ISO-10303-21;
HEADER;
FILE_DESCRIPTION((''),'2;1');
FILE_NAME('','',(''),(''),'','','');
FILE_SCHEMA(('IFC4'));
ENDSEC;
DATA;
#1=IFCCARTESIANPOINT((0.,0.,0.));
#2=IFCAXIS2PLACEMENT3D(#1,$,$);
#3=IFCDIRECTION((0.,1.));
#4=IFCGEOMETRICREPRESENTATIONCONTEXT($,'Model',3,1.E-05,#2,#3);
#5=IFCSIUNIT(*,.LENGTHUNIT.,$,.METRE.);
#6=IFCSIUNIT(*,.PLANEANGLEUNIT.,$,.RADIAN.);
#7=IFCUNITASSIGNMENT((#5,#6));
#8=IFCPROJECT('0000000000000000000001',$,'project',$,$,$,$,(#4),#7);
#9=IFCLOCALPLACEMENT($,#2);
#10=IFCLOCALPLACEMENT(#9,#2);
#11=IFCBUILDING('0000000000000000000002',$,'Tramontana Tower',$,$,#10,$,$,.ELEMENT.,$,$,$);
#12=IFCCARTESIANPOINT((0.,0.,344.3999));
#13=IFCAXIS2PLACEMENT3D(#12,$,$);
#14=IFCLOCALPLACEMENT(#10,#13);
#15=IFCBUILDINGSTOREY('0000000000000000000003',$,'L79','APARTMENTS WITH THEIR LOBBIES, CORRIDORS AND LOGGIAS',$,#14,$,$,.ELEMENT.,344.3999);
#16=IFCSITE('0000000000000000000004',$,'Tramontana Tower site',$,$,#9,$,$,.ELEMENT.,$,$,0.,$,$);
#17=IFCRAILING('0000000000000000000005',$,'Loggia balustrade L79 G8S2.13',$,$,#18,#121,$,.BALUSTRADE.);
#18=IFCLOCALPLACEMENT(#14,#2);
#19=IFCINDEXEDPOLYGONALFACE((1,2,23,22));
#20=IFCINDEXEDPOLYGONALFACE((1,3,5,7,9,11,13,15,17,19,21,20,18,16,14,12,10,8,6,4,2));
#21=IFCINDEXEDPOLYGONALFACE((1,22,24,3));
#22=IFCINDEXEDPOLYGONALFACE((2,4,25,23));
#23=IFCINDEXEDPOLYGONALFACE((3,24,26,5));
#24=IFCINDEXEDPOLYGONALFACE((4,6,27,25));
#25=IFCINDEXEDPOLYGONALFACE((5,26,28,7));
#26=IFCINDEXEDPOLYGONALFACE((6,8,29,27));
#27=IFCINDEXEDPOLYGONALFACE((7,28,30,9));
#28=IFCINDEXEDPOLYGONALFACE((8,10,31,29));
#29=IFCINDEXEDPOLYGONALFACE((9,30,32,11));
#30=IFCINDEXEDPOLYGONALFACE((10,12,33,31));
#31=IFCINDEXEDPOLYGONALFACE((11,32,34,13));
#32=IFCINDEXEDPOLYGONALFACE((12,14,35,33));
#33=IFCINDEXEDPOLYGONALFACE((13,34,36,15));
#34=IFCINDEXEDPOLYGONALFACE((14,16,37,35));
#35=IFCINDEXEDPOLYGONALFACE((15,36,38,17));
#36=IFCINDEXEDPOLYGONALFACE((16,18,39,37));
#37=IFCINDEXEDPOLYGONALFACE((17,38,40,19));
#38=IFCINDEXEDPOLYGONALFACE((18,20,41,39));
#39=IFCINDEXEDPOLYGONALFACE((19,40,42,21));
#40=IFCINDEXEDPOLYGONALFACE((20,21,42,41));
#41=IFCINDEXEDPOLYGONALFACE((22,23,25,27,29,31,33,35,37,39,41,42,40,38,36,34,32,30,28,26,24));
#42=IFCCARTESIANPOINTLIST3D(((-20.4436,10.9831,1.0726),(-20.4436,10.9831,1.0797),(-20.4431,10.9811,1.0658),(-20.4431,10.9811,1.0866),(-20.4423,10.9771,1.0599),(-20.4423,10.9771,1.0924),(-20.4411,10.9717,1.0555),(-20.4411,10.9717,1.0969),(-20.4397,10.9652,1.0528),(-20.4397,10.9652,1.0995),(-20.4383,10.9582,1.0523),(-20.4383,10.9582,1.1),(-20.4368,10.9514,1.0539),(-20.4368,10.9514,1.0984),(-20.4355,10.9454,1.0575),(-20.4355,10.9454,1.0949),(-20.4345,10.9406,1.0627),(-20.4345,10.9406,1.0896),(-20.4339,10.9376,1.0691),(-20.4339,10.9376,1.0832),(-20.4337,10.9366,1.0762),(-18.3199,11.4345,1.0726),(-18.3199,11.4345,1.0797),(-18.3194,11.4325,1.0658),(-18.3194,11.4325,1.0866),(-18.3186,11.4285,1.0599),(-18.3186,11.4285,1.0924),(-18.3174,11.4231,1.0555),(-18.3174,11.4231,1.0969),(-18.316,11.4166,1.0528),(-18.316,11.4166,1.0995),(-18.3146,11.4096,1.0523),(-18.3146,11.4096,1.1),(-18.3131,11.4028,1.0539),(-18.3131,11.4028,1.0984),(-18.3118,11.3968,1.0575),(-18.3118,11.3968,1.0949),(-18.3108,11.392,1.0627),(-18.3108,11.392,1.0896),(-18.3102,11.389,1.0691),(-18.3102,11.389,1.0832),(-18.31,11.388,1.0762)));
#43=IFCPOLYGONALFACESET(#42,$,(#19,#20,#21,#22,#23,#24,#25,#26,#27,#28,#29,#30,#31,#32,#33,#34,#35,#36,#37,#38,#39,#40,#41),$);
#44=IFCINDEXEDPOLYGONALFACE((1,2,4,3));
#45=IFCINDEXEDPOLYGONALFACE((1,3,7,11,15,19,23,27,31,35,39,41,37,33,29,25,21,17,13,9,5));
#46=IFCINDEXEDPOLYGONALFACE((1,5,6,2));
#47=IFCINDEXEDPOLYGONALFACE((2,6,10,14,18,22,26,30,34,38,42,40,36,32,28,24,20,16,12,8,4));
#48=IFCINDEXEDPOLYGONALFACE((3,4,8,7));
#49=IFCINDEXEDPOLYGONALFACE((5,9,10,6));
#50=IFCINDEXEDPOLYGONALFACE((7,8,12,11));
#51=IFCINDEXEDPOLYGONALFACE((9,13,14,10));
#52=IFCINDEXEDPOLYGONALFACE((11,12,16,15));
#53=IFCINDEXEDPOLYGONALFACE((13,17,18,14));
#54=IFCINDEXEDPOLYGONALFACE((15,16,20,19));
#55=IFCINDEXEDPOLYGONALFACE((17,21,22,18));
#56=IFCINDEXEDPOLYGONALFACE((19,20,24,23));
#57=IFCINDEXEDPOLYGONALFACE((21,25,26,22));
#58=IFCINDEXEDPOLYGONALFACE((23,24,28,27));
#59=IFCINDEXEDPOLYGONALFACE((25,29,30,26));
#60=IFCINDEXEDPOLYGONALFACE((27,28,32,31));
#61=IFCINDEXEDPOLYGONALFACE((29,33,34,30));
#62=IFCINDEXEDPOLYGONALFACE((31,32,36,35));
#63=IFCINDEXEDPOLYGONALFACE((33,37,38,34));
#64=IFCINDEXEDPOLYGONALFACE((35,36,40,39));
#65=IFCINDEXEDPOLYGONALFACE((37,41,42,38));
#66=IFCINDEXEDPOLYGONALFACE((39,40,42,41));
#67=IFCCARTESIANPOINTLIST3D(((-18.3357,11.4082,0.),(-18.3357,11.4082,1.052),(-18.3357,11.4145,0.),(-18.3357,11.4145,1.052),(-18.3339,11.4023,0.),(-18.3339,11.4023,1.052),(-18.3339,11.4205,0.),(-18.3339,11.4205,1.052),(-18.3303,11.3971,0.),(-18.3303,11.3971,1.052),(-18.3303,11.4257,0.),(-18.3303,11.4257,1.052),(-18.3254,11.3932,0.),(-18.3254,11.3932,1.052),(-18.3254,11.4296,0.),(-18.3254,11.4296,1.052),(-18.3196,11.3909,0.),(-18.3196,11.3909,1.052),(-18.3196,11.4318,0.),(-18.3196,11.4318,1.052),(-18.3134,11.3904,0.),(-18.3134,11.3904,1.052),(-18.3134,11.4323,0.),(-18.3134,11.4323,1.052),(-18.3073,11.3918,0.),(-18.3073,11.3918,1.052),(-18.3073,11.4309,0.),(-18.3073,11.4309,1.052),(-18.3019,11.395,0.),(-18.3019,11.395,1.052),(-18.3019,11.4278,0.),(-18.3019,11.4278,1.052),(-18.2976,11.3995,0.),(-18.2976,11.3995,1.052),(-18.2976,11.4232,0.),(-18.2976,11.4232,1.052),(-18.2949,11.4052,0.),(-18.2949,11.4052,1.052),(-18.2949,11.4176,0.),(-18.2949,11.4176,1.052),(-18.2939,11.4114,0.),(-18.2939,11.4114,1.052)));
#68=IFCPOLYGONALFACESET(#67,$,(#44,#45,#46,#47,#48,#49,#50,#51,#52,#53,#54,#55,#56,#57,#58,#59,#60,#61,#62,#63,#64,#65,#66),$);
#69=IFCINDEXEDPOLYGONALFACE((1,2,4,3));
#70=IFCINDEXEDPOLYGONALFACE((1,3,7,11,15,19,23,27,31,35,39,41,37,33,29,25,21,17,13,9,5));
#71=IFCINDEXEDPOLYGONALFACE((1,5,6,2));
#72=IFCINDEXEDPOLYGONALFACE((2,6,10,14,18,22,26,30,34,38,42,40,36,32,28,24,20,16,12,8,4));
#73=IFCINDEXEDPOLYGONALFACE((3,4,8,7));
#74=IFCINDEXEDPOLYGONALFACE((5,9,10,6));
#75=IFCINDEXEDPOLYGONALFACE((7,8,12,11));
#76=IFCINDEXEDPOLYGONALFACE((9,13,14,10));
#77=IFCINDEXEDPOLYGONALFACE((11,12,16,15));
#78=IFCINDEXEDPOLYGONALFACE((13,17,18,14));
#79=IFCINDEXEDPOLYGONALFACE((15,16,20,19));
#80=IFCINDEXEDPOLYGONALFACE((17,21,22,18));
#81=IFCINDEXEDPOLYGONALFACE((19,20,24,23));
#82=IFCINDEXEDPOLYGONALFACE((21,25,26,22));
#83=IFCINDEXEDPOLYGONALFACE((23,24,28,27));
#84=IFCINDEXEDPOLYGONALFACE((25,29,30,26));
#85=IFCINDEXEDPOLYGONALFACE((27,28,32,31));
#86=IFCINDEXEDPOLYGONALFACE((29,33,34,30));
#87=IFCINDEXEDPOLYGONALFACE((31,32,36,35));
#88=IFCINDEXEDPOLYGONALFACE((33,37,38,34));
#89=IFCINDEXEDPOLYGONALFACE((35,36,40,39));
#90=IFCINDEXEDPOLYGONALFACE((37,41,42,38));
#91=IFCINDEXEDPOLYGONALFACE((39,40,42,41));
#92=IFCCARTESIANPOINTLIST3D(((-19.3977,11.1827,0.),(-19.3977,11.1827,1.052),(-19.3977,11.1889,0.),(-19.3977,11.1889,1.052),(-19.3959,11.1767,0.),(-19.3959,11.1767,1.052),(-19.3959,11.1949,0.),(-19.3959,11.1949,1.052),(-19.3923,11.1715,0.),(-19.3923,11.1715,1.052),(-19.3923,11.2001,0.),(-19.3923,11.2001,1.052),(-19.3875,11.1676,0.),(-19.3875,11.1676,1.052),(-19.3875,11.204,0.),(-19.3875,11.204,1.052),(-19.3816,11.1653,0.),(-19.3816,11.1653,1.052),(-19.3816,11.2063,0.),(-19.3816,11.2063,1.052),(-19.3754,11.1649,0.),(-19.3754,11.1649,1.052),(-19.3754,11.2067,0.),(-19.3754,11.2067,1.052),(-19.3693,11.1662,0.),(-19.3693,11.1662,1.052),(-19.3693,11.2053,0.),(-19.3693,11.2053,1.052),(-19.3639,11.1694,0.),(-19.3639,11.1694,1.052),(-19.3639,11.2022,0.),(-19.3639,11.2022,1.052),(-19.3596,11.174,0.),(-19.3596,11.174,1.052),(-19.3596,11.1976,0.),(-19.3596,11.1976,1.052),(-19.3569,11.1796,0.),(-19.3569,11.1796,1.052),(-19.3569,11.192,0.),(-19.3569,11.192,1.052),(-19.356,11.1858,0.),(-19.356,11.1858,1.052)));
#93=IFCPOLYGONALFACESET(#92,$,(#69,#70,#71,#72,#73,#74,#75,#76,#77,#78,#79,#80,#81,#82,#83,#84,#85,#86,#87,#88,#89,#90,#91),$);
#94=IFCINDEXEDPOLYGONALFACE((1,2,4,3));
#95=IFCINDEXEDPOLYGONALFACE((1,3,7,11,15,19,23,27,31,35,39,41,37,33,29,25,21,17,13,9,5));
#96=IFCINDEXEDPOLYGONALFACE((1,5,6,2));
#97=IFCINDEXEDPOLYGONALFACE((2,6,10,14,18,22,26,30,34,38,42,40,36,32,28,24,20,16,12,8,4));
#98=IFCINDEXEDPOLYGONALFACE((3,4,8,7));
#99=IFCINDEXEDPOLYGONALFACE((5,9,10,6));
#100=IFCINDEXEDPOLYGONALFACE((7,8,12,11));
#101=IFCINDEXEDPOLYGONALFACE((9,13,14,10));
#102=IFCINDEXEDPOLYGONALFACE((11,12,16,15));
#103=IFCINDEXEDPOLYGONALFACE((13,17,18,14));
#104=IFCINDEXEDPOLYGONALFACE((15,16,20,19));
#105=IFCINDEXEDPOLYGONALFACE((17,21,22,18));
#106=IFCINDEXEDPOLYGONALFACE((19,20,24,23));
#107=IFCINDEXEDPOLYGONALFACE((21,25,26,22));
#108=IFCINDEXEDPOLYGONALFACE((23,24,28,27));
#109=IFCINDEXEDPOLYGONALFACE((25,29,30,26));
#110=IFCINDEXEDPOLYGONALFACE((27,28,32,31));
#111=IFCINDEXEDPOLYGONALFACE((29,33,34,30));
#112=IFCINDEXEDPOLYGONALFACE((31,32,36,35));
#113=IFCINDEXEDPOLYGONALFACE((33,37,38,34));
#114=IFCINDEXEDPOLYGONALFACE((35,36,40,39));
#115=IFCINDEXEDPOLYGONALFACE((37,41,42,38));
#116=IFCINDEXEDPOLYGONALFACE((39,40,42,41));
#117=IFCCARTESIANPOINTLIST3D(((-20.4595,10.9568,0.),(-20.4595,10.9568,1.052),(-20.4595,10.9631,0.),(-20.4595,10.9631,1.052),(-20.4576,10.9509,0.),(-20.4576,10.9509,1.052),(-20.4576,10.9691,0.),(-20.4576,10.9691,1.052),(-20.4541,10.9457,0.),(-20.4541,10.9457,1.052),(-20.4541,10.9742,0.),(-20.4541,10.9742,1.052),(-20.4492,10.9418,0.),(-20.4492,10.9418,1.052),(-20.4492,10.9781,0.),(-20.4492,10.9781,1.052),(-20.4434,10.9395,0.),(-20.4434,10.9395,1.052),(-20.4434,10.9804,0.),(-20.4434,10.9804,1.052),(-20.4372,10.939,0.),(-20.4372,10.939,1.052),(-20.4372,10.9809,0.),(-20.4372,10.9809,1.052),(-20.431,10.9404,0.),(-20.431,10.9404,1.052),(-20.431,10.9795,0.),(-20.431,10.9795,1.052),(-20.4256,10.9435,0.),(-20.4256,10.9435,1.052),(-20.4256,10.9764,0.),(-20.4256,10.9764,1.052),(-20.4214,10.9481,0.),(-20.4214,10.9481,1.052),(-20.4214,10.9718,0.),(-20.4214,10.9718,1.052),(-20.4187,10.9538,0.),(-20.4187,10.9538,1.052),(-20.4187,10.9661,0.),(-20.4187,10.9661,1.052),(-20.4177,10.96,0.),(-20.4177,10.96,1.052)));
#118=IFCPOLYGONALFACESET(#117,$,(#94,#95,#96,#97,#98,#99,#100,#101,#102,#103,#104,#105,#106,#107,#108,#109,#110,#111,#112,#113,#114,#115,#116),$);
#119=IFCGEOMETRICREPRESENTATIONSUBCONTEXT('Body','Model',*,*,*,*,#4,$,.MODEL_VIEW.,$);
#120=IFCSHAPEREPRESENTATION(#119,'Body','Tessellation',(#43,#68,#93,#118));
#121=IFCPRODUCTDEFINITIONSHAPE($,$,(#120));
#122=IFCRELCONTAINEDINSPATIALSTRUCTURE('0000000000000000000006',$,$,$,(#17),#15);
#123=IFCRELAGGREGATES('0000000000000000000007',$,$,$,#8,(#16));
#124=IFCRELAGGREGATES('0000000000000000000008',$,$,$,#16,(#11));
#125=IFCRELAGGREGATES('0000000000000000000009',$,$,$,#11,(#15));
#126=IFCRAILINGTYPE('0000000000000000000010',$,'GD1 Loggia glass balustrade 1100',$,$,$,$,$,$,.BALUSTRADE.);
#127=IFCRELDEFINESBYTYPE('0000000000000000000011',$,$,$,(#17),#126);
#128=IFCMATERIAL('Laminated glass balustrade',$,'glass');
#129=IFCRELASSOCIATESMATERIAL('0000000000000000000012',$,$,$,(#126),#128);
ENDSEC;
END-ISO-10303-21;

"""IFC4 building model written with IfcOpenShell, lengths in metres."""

from ifc_helpers import new_model, si_unit, direction, frame, origin, origin_2d, place, context, subcontext, project, spatial, circle, extrude, material, type_object, element, save


model = new_model("IFC4")

# Units and contexts
model_context = context("Model", 3, precision=1e-05, world=origin(), true_north=direction((0.0, 1.0)))
body_context = subcontext(model_context, "Body", "Model", "MODEL_VIEW")
ifc_project = project(units=[si_unit("LENGTHUNIT", "METRE"), si_unit("PLANEANGLEUNIT", "RADIAN")], contexts=[model_context])

# Site, building, storey
site_placement = place(None, origin())
site = spatial("IfcSite", under=ifc_project, at=site_placement, Name="Tramontana Tower site", CompositionType="ELEMENT", RefElevation=0.0)
building_placement = place(site_placement, origin())
building = spatial("IfcBuilding", under=site, at=building_placement, Name="Tramontana Tower", CompositionType="ELEMENT")
storey_placement = place(building_placement, frame((0.0, 0.0, 344.3999)))
storey = spatial("IfcBuildingStorey", under=building, at=storey_placement, Name="L79", Description="APARTMENTS WITH THEIR LOBBIES, CORRIDORS AND LOGGIAS", CompositionType="ELEMENT", Elevation=344.3999)

# Railing
ifc_material_1 = material(Name="Laminated glass balustrade", Category="glass")
railing_type = type_object("IfcRailingType", Name="GD1 Loggia glass balustrade 1100", PredefinedType="BALUSTRADE", material=ifc_material_1)
railing_1_placement = place(storey_placement, frame((-18.3149, 11.4114, 0.0)))
element("IfcRailing", 1, at=railing_1_placement, inside=storey, type_object=railing_type, Name="Loggia balustrade L79 G8S2.13", PredefinedType="BALUSTRADE", context=body_context, shape_type="SweptSolid", body=[
    extrude(circle(Radius=0.0239, at=origin_2d()), frame((0.0, 0.0, 1.0762), z_axis=(-0.978148, -0.207909, 0.0), x_axis=(0.207909, -0.978148, 0.0)), (0.0, 0.0, 1.0), 2.1711),
    extrude(circle(Radius=0.021, at=origin_2d()), origin(), (0.0, 0.0, 1.0), 1.052),
    extrude(circle(Radius=0.021, at=origin_2d()), frame((-1.062, -0.2256, 0.0)), (0.0, 0.0, 1.0), 1.052),
    extrude(circle(Radius=0.021, at=origin_2d()), frame((-2.1238, -0.4514, 0.0)), (0.0, 0.0, 1.0), 1.052),
])

save(model, "model.ifc")
